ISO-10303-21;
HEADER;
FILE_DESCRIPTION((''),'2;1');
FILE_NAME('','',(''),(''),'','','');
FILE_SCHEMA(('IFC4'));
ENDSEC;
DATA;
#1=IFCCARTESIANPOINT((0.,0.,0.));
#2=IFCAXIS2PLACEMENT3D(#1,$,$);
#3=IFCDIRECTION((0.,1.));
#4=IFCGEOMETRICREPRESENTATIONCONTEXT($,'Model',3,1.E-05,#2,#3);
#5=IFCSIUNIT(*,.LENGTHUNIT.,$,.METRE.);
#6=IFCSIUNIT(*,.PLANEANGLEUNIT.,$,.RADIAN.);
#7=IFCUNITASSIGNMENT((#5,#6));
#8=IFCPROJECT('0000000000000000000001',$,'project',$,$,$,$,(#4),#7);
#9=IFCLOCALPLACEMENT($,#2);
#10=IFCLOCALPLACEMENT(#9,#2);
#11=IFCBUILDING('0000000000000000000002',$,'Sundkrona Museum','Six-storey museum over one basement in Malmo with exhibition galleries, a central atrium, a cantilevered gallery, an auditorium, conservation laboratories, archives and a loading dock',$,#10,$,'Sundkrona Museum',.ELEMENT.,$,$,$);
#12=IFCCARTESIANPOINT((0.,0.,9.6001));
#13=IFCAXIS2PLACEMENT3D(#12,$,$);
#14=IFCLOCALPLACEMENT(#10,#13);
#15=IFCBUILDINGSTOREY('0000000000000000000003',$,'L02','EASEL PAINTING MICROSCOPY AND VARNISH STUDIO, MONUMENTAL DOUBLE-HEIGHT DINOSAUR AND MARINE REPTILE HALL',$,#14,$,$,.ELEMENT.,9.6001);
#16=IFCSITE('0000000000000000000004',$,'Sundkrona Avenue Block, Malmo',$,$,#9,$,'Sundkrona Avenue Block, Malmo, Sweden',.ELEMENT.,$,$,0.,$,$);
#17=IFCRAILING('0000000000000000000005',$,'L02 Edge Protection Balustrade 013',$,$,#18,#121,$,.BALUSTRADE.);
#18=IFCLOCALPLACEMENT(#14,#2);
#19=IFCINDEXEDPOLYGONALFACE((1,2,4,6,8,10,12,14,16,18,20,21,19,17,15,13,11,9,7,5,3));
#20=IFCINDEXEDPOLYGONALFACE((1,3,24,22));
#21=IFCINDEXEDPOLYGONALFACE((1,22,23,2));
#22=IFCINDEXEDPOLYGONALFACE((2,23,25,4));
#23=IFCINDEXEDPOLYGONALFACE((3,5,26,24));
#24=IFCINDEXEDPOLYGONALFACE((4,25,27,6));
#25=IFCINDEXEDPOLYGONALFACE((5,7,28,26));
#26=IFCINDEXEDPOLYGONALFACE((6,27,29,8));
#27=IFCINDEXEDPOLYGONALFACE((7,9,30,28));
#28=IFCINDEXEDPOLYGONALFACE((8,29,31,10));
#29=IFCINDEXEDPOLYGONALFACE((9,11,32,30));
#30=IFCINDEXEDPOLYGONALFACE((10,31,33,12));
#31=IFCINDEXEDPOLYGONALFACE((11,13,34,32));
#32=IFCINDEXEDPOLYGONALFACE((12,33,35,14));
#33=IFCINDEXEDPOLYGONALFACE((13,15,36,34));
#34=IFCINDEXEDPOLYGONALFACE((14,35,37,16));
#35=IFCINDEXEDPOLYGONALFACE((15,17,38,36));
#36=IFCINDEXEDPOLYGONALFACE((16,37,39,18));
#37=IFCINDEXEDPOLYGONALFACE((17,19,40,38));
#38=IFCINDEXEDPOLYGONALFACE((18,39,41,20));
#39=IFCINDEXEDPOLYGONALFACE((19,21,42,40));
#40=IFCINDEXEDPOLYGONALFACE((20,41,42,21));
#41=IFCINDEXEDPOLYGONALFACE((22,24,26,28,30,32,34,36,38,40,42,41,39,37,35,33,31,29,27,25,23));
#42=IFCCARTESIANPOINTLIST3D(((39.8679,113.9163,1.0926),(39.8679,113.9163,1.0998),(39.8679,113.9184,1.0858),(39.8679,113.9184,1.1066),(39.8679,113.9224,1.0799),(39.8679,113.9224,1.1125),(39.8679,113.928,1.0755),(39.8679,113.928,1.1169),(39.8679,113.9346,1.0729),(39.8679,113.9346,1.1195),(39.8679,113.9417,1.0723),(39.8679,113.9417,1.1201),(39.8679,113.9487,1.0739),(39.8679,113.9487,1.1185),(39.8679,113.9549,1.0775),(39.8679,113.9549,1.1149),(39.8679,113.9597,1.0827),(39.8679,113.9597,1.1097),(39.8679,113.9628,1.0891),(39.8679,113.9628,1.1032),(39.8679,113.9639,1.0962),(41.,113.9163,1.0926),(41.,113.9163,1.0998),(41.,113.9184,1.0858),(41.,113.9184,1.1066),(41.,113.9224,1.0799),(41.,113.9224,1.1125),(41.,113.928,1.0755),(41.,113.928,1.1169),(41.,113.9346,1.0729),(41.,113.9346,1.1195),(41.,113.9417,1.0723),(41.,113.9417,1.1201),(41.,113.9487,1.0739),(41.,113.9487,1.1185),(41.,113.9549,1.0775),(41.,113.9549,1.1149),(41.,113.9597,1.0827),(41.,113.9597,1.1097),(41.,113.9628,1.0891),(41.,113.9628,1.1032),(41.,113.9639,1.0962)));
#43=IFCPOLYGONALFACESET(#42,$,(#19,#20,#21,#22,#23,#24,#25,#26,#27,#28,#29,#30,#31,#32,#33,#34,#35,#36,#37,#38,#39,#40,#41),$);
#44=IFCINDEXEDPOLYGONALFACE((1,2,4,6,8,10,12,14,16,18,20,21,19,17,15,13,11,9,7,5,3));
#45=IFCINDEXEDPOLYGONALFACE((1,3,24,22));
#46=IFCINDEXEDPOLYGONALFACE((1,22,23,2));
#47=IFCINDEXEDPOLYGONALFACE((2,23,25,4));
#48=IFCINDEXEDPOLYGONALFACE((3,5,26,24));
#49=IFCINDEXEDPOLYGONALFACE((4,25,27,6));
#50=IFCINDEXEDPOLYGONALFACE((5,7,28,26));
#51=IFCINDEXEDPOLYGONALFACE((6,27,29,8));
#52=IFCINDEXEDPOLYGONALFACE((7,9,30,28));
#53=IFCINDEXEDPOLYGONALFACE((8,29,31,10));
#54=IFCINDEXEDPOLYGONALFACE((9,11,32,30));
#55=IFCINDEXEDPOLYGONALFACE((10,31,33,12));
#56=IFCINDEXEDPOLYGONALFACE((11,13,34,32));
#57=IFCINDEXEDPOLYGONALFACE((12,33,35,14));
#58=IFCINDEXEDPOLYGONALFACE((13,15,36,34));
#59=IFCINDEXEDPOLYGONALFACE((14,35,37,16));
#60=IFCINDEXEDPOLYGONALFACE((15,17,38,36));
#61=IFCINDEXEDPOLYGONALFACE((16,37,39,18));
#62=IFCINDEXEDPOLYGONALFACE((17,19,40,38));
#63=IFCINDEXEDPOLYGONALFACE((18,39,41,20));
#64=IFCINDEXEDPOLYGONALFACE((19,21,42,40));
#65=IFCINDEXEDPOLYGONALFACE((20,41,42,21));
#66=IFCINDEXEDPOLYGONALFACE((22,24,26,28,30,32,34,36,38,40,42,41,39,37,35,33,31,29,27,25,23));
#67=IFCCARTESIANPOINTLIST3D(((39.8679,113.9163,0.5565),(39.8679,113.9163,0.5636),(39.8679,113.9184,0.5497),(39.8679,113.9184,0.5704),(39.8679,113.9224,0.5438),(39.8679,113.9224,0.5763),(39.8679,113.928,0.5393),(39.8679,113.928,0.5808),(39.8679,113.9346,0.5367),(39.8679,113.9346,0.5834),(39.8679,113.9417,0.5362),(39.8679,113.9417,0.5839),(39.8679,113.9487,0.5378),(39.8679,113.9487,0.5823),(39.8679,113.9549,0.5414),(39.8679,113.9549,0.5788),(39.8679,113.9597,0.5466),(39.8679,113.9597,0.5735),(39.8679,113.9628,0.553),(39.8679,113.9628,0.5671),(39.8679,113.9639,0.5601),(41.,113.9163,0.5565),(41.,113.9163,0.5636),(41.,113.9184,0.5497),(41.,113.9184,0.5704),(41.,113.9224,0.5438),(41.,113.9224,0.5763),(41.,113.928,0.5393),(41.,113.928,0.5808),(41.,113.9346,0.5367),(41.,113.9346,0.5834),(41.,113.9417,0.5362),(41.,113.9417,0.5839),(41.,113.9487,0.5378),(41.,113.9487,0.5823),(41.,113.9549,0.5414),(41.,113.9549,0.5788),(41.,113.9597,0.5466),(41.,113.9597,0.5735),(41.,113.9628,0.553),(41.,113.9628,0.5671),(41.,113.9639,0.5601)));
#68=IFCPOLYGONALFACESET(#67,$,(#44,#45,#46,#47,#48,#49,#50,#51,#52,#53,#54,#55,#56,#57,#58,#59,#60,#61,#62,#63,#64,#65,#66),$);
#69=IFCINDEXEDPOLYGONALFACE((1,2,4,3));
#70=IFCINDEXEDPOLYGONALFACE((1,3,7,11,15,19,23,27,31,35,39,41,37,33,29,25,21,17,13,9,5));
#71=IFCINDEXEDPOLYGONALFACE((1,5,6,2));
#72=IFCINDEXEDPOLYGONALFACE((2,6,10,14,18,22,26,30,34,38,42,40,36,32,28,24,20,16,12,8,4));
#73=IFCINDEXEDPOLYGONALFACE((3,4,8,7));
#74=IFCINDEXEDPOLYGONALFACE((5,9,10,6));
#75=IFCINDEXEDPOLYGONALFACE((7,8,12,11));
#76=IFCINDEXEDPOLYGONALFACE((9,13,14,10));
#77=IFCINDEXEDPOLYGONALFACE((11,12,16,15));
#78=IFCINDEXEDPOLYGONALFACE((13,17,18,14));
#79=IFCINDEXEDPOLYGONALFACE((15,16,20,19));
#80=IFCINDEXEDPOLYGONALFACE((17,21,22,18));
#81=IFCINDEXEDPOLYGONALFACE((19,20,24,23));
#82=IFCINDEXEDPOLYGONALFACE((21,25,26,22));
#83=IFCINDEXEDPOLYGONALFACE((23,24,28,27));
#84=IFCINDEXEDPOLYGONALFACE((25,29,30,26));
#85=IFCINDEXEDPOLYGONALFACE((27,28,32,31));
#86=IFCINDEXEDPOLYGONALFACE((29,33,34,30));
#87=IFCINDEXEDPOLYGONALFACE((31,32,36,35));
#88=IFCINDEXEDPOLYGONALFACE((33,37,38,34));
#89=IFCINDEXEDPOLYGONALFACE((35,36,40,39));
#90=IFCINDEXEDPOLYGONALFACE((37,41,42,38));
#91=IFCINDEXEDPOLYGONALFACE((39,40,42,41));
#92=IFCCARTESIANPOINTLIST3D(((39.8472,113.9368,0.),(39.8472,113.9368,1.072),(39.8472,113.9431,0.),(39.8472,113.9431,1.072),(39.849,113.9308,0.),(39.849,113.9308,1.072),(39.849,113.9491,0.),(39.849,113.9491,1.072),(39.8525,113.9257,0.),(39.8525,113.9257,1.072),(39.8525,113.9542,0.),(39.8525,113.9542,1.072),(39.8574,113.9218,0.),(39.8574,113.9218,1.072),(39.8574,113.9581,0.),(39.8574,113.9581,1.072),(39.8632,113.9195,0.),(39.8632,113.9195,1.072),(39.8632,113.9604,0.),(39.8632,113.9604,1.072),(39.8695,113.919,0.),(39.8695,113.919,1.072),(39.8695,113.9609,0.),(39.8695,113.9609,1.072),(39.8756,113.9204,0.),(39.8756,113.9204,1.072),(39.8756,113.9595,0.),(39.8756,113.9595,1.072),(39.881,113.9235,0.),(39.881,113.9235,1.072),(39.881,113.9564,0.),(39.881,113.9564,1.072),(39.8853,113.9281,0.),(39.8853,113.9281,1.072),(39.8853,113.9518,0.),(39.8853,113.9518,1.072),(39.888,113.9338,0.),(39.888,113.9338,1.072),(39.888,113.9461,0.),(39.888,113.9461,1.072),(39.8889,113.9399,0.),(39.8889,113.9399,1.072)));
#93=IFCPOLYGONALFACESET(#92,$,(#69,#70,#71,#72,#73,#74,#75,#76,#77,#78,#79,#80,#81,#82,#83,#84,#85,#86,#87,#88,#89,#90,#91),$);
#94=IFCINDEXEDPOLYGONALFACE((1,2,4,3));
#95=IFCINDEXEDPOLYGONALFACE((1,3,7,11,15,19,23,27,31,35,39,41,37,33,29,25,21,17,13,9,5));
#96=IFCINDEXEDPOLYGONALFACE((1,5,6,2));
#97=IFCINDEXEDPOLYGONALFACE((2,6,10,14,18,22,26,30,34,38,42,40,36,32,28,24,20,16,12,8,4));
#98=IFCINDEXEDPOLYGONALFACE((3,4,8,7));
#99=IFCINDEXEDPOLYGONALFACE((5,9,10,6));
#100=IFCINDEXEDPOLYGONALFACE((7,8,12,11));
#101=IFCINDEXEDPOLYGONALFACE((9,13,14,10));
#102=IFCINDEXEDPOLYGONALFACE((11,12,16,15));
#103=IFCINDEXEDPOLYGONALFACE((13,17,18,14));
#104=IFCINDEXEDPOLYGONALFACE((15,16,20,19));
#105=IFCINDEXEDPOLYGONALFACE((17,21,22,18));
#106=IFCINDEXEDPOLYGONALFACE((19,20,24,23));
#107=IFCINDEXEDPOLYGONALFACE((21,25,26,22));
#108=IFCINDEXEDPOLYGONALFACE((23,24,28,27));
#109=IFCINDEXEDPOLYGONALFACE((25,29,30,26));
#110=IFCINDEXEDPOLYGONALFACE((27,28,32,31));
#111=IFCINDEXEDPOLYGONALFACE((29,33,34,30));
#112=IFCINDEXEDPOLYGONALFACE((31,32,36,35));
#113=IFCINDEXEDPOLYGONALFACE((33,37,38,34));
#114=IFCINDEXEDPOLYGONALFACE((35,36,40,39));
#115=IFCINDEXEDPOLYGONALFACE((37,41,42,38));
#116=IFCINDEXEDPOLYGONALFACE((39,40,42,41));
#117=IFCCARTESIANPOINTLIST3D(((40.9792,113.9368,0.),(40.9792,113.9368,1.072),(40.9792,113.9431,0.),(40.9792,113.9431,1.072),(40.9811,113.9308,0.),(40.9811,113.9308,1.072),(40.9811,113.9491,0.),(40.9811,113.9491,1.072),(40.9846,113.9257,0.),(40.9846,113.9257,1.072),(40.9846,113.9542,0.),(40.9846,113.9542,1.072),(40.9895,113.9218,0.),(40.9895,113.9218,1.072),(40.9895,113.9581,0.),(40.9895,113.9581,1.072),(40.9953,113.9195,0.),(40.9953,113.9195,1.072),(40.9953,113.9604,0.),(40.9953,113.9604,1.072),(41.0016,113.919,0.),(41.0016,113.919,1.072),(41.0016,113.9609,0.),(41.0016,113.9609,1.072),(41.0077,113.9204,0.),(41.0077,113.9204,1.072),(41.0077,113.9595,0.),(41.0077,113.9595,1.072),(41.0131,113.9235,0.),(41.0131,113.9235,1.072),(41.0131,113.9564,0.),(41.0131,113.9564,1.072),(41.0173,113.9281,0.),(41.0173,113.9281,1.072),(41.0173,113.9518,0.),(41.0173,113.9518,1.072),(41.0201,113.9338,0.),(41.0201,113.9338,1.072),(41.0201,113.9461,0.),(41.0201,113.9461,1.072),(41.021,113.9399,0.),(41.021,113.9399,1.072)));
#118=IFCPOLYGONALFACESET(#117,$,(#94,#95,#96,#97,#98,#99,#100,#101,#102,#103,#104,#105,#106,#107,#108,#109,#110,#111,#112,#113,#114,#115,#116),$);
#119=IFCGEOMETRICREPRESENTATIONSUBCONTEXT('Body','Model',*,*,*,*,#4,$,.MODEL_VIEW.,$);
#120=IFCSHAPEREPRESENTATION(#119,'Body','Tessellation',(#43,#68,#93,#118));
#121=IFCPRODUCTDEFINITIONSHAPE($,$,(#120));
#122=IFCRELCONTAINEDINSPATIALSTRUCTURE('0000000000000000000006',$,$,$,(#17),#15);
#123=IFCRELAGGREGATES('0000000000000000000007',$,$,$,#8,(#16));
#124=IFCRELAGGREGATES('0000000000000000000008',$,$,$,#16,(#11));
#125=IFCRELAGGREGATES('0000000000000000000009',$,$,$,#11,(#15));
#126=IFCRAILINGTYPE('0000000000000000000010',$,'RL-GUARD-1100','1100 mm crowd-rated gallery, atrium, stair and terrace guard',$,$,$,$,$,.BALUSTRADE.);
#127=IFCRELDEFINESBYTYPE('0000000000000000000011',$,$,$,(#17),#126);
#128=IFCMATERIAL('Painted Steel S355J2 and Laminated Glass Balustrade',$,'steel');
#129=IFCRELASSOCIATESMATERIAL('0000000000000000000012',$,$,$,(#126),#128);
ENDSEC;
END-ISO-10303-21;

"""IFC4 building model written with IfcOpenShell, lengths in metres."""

from ifc_helpers import new_model, si_unit, direction, frame, origin, origin_2d, place, context, subcontext, project, spatial, circle, extrude, material, type_object, element, save


model = new_model("IFC4")

# Units and contexts
model_context = context("Model", 3, precision=1e-05, world=origin(), true_north=direction((0.0, 1.0)))
body_context = subcontext(model_context, "Body", "Model", "MODEL_VIEW")
ifc_project = project(units=[si_unit("LENGTHUNIT", "METRE"), si_unit("PLANEANGLEUNIT", "RADIAN")], contexts=[model_context])

# Site, building, storey
site_placement = place(None, origin())
site = spatial("IfcSite", under=ifc_project, at=site_placement, Name="Sundkrona Avenue Block, Malmo", LongName="Sundkrona Avenue Block, Malmo, Sweden", CompositionType="ELEMENT", RefElevation=0.0)
building_placement = place(site_placement, origin())
building = spatial("IfcBuilding", under=site, at=building_placement, Name="Sundkrona Museum", Description="Six-storey museum over one basement in Malmo with exhibition galleries, a central atrium, a cantilevered gallery, an auditorium, conservation laboratories, archives and a loading dock", LongName="Sundkrona Museum", CompositionType="ELEMENT")
storey_placement = place(building_placement, frame((0.0, 0.0, 9.6001)))
storey = spatial("IfcBuildingStorey", under=building, at=storey_placement, Name="L02", Description="EASEL PAINTING MICROSCOPY AND VARNISH STUDIO, MONUMENTAL DOUBLE-HEIGHT DINOSAUR AND MARINE REPTILE HALL", CompositionType="ELEMENT", Elevation=9.6001)

# Railing
ifc_material_1 = material(Name="Painted Steel S355J2 and Laminated Glass Balustrade", Category="steel")
railing_type_1 = type_object("IfcRailingType", Name="RL-GUARD-1100", Description="1100 mm crowd-rated gallery, atrium, stair and terrace guard", PredefinedType="BALUSTRADE", material=ifc_material_1)
railing_1_placement = place(storey_placement, frame((39.8679, 113.9399, 0.0)))
element("IfcRailing", 1, at=railing_1_placement, inside=storey, type_object=railing_type_1, Name="L02 Edge Protection Balustrade 013", PredefinedType="BALUSTRADE", context=body_context, shape_type="SweptSolid", body=[
    extrude(circle(Radius=0.0239, at=origin_2d()), frame((0.0, 0.0, 1.0962), z_axis=(1.0, 0.0, 0.0), x_axis=(0.0, 1.0, 0.0)), (0.0, 0.0, 1.0), 1.1321),
    extrude(circle(Radius=0.0239, at=origin_2d()), frame((0.0, 0.0, 0.5601), z_axis=(1.0, 0.0, 0.0), x_axis=(0.0, 1.0, 0.0)), (0.0, 0.0, 1.0), 1.1321),
    extrude(circle(Radius=0.021, at=origin_2d()), origin(), (0.0, 0.0, 1.0), 1.072),
    extrude(circle(Radius=0.021, at=origin_2d()), frame((1.1321, 0.0, 0.0)), (0.0, 0.0, 1.0), 1.072),
])

save(model, "model.ifc")
